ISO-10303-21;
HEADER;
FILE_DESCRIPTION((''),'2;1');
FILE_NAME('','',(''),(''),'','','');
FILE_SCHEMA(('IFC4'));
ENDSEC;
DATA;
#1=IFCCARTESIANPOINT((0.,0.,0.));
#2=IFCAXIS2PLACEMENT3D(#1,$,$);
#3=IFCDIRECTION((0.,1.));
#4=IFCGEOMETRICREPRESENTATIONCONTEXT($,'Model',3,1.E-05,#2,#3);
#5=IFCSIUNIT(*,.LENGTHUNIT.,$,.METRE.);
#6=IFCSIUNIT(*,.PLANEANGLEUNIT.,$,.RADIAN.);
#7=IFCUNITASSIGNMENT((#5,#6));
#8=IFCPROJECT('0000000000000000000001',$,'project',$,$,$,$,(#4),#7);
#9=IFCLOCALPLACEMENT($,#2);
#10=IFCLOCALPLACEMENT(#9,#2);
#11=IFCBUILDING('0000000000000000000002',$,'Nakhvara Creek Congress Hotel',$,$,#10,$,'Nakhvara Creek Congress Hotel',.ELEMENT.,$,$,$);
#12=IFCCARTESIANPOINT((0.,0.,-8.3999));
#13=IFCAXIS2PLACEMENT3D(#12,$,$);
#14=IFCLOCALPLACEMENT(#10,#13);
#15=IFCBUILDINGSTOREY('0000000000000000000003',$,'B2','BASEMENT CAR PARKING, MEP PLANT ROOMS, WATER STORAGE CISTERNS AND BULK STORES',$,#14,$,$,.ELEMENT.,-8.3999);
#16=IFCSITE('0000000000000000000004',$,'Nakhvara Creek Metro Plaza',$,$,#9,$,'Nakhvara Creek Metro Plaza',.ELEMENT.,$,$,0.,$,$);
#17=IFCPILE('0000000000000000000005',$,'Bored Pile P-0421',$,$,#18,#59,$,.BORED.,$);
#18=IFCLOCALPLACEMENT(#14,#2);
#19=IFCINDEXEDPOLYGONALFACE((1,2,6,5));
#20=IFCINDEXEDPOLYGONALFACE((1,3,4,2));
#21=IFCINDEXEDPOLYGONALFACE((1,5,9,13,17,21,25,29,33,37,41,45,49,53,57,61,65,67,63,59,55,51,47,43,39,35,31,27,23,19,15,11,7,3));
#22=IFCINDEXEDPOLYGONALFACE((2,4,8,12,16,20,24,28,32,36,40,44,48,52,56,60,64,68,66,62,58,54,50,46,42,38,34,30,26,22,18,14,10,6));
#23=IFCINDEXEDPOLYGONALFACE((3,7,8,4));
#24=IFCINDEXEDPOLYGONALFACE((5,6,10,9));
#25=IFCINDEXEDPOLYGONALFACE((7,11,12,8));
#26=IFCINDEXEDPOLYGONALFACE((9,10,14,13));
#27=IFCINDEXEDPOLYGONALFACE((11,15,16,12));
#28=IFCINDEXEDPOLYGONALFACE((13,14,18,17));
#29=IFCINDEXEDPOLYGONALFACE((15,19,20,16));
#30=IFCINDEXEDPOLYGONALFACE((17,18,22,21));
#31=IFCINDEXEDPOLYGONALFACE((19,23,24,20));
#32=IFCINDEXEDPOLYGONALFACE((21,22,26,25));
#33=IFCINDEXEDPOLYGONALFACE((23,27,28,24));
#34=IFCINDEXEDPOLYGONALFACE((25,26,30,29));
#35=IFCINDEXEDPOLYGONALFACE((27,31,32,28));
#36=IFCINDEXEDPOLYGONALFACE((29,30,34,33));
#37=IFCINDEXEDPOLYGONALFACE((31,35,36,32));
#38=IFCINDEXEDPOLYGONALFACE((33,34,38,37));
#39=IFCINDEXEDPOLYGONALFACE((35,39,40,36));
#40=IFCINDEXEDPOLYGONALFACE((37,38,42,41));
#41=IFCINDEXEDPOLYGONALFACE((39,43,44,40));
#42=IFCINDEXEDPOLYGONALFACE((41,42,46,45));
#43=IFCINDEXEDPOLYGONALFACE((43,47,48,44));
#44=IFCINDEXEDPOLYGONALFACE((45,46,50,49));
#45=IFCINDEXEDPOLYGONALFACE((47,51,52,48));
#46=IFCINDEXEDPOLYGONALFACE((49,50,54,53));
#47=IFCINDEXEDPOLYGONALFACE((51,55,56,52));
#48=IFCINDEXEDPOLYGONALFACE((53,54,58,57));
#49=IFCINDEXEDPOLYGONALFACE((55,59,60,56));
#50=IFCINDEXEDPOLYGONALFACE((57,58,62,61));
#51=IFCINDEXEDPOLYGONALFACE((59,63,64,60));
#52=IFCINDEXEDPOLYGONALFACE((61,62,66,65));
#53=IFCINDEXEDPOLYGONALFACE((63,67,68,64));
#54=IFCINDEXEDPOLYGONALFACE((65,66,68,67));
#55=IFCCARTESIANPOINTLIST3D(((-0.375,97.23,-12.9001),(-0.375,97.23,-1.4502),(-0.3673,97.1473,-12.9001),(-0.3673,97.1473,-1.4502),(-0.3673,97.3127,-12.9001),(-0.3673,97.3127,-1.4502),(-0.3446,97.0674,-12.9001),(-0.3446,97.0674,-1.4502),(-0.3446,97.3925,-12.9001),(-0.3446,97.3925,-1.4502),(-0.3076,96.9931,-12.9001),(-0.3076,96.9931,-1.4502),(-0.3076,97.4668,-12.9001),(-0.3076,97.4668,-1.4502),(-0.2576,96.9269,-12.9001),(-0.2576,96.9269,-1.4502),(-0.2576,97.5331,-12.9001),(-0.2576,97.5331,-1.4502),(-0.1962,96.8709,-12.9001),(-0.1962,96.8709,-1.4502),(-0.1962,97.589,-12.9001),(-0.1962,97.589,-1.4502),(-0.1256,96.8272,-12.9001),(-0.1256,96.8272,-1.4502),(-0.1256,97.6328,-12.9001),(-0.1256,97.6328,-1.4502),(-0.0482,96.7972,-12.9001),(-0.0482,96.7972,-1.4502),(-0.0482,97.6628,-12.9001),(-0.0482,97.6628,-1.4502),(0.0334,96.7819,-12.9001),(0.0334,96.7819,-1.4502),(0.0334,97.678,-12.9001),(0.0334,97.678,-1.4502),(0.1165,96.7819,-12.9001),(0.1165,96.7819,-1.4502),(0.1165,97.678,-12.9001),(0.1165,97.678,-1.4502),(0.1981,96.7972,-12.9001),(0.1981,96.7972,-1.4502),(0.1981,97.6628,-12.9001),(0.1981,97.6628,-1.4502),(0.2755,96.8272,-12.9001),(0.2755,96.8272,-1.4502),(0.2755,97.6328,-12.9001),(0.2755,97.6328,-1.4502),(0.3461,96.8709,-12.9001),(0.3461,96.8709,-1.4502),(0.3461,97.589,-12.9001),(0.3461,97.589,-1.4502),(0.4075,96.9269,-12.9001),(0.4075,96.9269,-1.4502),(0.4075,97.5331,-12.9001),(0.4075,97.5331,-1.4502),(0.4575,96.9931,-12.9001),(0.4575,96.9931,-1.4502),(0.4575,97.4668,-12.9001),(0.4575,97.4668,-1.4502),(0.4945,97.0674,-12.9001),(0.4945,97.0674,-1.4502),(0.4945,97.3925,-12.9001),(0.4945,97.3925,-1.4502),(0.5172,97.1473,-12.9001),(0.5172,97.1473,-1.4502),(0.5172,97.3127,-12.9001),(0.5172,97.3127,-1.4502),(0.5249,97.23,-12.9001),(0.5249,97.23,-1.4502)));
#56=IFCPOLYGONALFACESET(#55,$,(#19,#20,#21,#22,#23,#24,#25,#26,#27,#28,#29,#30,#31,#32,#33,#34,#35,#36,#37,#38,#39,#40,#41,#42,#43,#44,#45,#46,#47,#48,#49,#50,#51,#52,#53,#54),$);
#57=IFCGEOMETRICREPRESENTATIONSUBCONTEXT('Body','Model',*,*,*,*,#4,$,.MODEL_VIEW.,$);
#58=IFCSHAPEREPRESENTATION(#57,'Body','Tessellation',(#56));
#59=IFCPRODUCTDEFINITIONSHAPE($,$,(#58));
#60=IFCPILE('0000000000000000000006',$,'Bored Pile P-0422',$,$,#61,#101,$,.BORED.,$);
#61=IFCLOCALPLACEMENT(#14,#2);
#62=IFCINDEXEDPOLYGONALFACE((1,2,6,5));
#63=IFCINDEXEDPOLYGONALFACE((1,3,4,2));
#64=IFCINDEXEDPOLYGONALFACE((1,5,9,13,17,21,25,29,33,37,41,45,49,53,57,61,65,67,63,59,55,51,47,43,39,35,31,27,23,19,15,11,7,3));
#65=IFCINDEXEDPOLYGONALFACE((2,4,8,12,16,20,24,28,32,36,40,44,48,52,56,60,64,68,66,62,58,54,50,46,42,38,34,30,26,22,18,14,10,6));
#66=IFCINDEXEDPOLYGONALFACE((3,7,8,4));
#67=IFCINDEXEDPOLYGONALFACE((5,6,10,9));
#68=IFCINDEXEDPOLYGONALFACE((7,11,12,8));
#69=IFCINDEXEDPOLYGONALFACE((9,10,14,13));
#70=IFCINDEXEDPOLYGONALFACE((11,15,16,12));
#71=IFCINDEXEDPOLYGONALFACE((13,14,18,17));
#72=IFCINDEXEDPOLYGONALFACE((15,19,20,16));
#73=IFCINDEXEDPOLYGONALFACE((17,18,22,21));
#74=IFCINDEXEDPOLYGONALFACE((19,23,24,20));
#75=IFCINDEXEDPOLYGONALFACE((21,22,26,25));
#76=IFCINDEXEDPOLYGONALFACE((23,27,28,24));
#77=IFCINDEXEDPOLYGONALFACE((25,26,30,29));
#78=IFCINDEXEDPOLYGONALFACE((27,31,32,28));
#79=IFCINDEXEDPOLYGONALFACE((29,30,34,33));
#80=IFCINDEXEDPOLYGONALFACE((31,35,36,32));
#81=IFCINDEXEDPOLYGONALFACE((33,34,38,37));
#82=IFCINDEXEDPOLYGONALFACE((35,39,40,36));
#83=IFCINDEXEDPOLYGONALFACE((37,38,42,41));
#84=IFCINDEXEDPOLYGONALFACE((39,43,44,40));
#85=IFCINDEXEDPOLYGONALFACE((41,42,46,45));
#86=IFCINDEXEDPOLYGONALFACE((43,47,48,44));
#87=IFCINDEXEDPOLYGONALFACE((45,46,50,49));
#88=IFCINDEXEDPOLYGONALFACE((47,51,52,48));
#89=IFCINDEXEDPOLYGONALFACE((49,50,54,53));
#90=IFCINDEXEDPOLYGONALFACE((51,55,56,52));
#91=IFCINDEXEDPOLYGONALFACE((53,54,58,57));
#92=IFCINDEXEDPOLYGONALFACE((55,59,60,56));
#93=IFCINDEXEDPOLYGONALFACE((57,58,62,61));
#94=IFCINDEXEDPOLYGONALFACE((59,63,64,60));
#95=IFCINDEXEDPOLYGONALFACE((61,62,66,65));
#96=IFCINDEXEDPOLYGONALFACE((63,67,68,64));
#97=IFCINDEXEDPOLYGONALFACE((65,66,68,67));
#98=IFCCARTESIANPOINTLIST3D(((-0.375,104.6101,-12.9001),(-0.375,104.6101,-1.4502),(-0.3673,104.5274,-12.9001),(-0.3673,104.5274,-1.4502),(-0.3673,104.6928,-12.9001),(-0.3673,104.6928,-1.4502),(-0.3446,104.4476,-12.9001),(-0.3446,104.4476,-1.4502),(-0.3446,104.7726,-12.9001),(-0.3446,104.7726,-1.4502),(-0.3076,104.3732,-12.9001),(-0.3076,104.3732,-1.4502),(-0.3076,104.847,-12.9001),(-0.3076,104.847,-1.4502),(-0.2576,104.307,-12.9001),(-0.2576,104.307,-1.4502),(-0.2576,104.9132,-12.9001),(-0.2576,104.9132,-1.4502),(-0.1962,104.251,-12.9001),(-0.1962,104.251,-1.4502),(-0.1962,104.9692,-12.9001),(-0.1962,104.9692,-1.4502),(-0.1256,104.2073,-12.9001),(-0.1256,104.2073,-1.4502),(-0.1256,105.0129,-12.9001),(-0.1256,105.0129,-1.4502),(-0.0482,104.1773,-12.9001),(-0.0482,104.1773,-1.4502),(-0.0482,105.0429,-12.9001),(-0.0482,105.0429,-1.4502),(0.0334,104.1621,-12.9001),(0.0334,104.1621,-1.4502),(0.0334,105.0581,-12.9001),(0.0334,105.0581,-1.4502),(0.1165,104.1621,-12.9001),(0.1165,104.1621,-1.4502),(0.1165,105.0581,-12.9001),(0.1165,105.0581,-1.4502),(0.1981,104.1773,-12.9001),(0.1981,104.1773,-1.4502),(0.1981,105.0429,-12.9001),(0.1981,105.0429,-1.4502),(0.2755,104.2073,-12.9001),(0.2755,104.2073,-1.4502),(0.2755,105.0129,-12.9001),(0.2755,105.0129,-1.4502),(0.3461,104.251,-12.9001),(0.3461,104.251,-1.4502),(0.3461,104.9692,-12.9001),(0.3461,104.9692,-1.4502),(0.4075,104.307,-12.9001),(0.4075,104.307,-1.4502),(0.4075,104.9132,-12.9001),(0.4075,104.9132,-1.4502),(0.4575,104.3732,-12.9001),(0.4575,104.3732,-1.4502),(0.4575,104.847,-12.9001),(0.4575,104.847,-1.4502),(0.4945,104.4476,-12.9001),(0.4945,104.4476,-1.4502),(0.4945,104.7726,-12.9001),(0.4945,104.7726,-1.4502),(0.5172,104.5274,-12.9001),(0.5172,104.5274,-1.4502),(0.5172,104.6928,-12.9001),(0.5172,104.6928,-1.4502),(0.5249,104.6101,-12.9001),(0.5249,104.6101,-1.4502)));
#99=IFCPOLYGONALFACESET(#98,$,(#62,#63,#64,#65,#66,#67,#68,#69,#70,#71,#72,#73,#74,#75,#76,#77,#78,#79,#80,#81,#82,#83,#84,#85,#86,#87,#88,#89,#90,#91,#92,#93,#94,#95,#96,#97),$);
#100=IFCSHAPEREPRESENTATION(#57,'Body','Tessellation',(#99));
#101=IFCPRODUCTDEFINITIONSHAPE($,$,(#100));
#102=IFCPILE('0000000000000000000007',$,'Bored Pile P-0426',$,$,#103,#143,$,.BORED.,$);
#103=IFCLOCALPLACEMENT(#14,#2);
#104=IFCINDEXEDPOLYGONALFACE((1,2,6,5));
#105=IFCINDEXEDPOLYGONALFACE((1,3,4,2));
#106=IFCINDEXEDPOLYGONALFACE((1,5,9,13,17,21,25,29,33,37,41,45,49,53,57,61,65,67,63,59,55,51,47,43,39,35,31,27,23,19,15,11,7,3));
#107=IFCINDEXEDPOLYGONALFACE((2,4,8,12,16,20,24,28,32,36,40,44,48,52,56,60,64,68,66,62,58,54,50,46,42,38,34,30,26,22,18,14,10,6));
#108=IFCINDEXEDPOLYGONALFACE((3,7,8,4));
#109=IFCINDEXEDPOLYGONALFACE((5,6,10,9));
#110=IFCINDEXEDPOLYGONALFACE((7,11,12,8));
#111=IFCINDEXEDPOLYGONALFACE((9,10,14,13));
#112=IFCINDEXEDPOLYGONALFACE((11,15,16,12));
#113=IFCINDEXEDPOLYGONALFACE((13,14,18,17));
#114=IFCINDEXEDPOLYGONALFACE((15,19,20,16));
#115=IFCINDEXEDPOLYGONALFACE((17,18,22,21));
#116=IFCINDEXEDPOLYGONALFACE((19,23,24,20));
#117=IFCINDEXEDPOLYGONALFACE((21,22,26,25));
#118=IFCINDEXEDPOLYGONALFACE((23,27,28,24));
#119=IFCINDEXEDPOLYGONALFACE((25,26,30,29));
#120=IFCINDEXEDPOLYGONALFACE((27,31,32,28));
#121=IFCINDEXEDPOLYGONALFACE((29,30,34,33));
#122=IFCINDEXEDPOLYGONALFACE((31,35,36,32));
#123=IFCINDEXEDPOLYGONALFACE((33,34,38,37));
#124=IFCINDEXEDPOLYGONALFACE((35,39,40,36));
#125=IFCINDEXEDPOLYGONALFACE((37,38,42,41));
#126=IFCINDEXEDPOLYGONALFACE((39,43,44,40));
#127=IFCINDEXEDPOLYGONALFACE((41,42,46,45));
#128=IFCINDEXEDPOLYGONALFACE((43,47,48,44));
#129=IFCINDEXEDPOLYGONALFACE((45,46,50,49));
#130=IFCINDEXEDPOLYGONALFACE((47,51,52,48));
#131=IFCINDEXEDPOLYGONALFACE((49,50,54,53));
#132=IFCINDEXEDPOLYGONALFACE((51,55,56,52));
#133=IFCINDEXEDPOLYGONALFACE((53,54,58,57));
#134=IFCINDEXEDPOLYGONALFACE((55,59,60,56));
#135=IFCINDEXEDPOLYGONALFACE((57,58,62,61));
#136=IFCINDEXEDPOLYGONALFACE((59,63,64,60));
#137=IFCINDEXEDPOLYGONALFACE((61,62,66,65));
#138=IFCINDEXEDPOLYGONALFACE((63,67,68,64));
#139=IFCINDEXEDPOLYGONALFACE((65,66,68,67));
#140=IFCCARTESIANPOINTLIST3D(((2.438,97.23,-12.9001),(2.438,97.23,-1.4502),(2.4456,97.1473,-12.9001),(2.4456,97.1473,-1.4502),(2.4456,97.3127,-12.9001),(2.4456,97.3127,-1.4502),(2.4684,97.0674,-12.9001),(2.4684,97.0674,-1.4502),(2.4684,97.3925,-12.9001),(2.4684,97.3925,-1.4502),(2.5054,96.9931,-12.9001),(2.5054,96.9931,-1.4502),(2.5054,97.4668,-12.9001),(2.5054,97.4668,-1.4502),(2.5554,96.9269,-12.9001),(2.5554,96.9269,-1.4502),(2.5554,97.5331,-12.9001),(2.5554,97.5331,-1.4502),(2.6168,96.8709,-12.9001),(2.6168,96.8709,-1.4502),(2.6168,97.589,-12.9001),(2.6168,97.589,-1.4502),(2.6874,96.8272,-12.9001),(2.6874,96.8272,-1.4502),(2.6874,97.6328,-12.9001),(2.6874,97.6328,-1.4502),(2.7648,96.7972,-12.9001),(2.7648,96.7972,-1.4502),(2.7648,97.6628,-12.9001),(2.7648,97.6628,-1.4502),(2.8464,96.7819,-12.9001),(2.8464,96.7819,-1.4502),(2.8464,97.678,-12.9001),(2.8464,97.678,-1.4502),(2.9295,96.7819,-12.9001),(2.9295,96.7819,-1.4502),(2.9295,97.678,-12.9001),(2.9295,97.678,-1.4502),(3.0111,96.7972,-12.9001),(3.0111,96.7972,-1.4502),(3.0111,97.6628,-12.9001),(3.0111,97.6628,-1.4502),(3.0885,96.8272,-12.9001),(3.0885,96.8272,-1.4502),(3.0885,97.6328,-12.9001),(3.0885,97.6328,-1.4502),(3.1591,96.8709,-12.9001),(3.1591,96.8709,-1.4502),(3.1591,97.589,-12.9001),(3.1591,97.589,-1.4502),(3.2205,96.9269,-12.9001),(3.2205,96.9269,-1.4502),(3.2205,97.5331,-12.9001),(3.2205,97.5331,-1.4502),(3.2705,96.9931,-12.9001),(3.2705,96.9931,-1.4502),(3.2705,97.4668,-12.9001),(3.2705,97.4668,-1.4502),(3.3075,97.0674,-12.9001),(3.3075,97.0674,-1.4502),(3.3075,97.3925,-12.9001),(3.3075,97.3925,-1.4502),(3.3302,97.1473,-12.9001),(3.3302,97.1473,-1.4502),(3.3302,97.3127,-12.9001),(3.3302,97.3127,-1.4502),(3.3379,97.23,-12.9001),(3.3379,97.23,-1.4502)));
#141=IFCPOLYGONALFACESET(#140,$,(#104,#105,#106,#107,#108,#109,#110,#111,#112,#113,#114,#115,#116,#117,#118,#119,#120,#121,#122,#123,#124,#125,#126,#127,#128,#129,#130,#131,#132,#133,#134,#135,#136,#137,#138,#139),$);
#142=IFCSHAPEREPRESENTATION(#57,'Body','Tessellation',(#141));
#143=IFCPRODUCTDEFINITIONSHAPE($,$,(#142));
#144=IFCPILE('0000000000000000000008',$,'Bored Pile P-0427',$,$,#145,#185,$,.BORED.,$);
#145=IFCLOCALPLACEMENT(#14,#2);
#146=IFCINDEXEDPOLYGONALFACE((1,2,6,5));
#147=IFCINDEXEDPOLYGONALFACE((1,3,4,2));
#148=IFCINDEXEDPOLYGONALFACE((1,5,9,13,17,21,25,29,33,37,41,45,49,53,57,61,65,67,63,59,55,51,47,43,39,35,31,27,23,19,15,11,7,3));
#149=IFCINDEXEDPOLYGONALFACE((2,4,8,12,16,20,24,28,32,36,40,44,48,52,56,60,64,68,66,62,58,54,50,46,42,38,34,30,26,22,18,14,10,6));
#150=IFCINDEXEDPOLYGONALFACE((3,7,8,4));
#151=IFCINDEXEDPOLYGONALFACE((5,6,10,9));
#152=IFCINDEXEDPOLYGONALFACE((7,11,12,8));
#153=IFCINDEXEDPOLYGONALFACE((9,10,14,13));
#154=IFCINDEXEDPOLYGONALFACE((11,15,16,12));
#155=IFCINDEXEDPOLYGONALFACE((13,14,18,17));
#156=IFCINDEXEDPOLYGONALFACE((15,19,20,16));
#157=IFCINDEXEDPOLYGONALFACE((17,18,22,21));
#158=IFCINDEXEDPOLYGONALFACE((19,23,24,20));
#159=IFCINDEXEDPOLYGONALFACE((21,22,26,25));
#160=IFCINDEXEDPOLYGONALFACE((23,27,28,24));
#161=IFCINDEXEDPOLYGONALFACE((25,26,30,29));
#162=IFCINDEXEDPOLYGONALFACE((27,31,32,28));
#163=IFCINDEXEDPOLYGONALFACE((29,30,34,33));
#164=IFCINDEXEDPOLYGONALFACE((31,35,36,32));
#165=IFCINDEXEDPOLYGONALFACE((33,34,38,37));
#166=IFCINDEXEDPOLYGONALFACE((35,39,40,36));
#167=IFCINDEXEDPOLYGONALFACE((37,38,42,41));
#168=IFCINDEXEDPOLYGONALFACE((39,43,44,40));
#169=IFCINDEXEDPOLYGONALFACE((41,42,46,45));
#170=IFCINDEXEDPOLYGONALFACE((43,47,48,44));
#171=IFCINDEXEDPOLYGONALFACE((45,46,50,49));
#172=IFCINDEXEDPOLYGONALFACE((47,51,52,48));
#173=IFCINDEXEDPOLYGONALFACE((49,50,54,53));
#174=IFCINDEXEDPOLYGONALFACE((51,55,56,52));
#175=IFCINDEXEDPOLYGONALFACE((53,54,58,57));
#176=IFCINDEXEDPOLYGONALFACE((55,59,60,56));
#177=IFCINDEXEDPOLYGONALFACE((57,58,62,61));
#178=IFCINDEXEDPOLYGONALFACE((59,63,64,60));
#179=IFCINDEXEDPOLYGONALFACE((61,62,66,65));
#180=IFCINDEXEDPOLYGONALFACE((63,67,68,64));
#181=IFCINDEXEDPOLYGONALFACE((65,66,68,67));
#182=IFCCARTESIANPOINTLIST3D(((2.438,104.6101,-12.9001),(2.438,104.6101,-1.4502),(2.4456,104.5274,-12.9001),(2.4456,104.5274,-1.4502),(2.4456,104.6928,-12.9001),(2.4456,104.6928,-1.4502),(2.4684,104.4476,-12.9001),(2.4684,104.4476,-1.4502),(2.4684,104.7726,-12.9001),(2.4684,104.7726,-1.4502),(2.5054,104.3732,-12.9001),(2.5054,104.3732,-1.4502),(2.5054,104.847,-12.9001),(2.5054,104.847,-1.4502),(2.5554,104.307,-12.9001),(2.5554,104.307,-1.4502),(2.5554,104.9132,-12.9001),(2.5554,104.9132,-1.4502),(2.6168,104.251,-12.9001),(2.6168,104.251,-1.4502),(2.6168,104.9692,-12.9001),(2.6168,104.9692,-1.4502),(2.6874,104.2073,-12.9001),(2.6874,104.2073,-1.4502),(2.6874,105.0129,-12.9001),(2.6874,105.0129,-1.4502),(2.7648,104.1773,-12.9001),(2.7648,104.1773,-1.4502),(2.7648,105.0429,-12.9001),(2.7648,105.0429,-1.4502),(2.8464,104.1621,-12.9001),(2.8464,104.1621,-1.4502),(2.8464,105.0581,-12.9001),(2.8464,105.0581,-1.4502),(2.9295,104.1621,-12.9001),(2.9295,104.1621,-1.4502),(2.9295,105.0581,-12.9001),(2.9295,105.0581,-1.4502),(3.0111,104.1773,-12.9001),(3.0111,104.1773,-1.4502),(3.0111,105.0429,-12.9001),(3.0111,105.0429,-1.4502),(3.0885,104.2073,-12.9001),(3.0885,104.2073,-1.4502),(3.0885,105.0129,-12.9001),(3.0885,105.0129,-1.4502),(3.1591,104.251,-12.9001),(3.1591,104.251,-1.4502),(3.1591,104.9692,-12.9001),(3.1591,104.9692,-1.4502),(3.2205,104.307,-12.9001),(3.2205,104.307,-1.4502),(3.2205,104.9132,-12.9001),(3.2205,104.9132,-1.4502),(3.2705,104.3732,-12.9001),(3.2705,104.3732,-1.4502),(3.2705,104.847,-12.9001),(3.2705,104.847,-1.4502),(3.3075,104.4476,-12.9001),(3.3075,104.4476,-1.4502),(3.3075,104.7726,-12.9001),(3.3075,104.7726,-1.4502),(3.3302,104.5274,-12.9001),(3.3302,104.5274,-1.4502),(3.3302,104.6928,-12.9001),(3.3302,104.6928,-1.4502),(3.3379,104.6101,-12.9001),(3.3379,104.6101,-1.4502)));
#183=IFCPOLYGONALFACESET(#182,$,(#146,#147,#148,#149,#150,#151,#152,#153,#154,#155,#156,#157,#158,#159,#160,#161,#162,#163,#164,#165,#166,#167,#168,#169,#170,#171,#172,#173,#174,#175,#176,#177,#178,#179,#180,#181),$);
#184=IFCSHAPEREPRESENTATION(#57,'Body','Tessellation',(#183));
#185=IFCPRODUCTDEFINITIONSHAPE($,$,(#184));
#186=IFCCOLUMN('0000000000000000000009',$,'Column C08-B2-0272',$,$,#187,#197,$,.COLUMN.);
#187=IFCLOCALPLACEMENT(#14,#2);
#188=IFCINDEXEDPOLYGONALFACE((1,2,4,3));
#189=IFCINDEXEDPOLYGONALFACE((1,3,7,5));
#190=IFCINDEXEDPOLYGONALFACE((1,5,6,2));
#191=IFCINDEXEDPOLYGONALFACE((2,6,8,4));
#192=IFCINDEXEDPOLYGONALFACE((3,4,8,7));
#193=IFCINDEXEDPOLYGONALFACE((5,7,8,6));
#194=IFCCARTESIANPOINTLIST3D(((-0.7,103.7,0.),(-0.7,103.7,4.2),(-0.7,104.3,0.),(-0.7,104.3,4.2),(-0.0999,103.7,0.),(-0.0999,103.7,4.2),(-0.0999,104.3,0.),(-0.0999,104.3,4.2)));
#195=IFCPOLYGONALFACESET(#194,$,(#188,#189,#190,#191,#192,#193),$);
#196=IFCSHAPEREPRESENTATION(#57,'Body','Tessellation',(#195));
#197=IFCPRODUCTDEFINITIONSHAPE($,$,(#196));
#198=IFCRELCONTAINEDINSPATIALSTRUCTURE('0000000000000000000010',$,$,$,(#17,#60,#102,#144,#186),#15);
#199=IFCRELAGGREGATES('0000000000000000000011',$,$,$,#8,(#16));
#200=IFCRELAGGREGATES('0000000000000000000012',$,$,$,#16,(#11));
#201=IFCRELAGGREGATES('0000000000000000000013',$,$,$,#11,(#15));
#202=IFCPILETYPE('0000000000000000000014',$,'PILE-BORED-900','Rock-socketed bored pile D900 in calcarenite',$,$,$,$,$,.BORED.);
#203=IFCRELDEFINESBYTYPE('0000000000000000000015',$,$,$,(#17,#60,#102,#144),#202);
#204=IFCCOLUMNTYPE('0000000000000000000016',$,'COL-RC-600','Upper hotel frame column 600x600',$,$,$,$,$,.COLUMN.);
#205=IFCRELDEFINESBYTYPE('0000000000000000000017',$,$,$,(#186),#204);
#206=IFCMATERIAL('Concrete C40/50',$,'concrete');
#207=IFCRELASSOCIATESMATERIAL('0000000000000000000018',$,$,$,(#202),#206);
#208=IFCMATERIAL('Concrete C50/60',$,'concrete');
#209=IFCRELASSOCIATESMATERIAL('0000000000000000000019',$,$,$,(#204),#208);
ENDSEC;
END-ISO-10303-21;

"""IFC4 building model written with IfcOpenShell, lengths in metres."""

from ifc_helpers import new_model, si_unit, direction, frame, origin, origin_2d, place, context, subcontext, project, spatial, rectangle, circle, extrude, material, material_profile, profile_set, type_object, element, save


model = new_model("IFC4")

# Units and contexts
model_context = context("Model", 3, precision=1e-05, world=origin(), true_north=direction((0.0, 1.0)))
body_context = subcontext(model_context, "Body", "Model", "MODEL_VIEW")
ifc_project = project(units=[si_unit("LENGTHUNIT", "METRE"), si_unit("PLANEANGLEUNIT", "RADIAN")], contexts=[model_context])

# Site, building, storey
site_placement = place(None, origin())
site = spatial("IfcSite", under=ifc_project, at=site_placement, Name="Nakhvara Creek Metro Plaza", LongName="Nakhvara Creek Metro Plaza", CompositionType="ELEMENT", RefElevation=0.0)
building_placement = place(site_placement, origin())
building = spatial("IfcBuilding", under=site, at=building_placement, Name="Nakhvara Creek Congress Hotel", LongName="Nakhvara Creek Congress Hotel", CompositionType="ELEMENT")
storey_placement = place(building_placement, frame((0.0, 0.0, -8.3999)))
storey = spatial("IfcBuildingStorey", under=building, at=storey_placement, Name="B2", Description="BASEMENT CAR PARKING, MEP PLANT ROOMS, WATER STORAGE CISTERNS AND BULK STORES", CompositionType="ELEMENT", Elevation=-8.3999)

# Piles
ifc_material_1 = material(Name="Concrete C40/50", Category="concrete")
ifc_material_profile_1 = material_profile(ifc_material_1, circle(Radius=0.45, at=origin_2d()), Name="BORED PILE D900", Category="LoadBearing")
ifc_profile_set_1 = profile_set([ifc_material_profile_1], Name="Concrete C40/50")
pile_type = type_object("IfcPileType", Name="PILE-BORED-900", Description="Rock-socketed bored pile D900 in calcarenite", PredefinedType="BORED", material=ifc_profile_set_1)
for number, where, z_axis, x_axis, name in (
    (1, (0.075, 97.23, -1.4502), (0.0, 0.0, -1.0), (1.0, 0.0, 0.0), "Bored Pile P-0421"),
    (2, (0.075, 104.6101, -1.4502), (0.0, 0.0, -1.0), (1.0, 0.0, 0.0), "Bored Pile P-0422"),
    (3, (2.8879, 97.23, -1.4502), (0.0, 0.0, -1.0), (1.0, 0.0, 0.0), "Bored Pile P-0426"),
    (4, (2.8879, 104.6101, -1.4502), (0.0, 0.0, -1.0), (1.0, 0.0, 0.0), "Bored Pile P-0427"),
):
    element("IfcPile", number, at=place(storey_placement, frame(where, z_axis=z_axis, x_axis=x_axis)), inside=storey, type_object=pile_type, Name=name, PredefinedType="BORED", context=body_context, shape_type="SweptSolid", body=[
        extrude(circle(Radius=0.45, at=origin_2d()), origin(), (0.0, 0.0, 1.0), 11.45),
    ])

# Column
ifc_material_2 = material(Name="Concrete C50/60", Category="concrete")
ifc_material_profile_2 = material_profile(ifc_material_2, rectangle(XDim=0.6001, YDim=0.6001, at=origin_2d()), Name="RC-COL 600x600", Category="LoadBearing")
ifc_profile_set_2 = profile_set([ifc_material_profile_2], Name="Concrete C50/60")
column_type_1 = type_object("IfcColumnType", Name="COL-RC-600", Description="Upper hotel frame column 600x600", PredefinedType="COLUMN", material=ifc_profile_set_2)
column_placement = place(storey_placement, frame((-0.3999, 104.0, 0.0), z_axis=(0.0, 0.0, 1.0), x_axis=(1.0, 0.0, 0.0)))
element("IfcColumn", 5, at=column_placement, inside=storey, type_object=column_type_1, Name="Column C08-B2-0272", PredefinedType="COLUMN", context=body_context, shape_type="SweptSolid", body=[
    extrude(rectangle(XDim=0.6001, YDim=0.6001, at=origin_2d()), origin(), (0.0, 0.0, 1.0), 4.2),
])

save(model, "model.ifc")
